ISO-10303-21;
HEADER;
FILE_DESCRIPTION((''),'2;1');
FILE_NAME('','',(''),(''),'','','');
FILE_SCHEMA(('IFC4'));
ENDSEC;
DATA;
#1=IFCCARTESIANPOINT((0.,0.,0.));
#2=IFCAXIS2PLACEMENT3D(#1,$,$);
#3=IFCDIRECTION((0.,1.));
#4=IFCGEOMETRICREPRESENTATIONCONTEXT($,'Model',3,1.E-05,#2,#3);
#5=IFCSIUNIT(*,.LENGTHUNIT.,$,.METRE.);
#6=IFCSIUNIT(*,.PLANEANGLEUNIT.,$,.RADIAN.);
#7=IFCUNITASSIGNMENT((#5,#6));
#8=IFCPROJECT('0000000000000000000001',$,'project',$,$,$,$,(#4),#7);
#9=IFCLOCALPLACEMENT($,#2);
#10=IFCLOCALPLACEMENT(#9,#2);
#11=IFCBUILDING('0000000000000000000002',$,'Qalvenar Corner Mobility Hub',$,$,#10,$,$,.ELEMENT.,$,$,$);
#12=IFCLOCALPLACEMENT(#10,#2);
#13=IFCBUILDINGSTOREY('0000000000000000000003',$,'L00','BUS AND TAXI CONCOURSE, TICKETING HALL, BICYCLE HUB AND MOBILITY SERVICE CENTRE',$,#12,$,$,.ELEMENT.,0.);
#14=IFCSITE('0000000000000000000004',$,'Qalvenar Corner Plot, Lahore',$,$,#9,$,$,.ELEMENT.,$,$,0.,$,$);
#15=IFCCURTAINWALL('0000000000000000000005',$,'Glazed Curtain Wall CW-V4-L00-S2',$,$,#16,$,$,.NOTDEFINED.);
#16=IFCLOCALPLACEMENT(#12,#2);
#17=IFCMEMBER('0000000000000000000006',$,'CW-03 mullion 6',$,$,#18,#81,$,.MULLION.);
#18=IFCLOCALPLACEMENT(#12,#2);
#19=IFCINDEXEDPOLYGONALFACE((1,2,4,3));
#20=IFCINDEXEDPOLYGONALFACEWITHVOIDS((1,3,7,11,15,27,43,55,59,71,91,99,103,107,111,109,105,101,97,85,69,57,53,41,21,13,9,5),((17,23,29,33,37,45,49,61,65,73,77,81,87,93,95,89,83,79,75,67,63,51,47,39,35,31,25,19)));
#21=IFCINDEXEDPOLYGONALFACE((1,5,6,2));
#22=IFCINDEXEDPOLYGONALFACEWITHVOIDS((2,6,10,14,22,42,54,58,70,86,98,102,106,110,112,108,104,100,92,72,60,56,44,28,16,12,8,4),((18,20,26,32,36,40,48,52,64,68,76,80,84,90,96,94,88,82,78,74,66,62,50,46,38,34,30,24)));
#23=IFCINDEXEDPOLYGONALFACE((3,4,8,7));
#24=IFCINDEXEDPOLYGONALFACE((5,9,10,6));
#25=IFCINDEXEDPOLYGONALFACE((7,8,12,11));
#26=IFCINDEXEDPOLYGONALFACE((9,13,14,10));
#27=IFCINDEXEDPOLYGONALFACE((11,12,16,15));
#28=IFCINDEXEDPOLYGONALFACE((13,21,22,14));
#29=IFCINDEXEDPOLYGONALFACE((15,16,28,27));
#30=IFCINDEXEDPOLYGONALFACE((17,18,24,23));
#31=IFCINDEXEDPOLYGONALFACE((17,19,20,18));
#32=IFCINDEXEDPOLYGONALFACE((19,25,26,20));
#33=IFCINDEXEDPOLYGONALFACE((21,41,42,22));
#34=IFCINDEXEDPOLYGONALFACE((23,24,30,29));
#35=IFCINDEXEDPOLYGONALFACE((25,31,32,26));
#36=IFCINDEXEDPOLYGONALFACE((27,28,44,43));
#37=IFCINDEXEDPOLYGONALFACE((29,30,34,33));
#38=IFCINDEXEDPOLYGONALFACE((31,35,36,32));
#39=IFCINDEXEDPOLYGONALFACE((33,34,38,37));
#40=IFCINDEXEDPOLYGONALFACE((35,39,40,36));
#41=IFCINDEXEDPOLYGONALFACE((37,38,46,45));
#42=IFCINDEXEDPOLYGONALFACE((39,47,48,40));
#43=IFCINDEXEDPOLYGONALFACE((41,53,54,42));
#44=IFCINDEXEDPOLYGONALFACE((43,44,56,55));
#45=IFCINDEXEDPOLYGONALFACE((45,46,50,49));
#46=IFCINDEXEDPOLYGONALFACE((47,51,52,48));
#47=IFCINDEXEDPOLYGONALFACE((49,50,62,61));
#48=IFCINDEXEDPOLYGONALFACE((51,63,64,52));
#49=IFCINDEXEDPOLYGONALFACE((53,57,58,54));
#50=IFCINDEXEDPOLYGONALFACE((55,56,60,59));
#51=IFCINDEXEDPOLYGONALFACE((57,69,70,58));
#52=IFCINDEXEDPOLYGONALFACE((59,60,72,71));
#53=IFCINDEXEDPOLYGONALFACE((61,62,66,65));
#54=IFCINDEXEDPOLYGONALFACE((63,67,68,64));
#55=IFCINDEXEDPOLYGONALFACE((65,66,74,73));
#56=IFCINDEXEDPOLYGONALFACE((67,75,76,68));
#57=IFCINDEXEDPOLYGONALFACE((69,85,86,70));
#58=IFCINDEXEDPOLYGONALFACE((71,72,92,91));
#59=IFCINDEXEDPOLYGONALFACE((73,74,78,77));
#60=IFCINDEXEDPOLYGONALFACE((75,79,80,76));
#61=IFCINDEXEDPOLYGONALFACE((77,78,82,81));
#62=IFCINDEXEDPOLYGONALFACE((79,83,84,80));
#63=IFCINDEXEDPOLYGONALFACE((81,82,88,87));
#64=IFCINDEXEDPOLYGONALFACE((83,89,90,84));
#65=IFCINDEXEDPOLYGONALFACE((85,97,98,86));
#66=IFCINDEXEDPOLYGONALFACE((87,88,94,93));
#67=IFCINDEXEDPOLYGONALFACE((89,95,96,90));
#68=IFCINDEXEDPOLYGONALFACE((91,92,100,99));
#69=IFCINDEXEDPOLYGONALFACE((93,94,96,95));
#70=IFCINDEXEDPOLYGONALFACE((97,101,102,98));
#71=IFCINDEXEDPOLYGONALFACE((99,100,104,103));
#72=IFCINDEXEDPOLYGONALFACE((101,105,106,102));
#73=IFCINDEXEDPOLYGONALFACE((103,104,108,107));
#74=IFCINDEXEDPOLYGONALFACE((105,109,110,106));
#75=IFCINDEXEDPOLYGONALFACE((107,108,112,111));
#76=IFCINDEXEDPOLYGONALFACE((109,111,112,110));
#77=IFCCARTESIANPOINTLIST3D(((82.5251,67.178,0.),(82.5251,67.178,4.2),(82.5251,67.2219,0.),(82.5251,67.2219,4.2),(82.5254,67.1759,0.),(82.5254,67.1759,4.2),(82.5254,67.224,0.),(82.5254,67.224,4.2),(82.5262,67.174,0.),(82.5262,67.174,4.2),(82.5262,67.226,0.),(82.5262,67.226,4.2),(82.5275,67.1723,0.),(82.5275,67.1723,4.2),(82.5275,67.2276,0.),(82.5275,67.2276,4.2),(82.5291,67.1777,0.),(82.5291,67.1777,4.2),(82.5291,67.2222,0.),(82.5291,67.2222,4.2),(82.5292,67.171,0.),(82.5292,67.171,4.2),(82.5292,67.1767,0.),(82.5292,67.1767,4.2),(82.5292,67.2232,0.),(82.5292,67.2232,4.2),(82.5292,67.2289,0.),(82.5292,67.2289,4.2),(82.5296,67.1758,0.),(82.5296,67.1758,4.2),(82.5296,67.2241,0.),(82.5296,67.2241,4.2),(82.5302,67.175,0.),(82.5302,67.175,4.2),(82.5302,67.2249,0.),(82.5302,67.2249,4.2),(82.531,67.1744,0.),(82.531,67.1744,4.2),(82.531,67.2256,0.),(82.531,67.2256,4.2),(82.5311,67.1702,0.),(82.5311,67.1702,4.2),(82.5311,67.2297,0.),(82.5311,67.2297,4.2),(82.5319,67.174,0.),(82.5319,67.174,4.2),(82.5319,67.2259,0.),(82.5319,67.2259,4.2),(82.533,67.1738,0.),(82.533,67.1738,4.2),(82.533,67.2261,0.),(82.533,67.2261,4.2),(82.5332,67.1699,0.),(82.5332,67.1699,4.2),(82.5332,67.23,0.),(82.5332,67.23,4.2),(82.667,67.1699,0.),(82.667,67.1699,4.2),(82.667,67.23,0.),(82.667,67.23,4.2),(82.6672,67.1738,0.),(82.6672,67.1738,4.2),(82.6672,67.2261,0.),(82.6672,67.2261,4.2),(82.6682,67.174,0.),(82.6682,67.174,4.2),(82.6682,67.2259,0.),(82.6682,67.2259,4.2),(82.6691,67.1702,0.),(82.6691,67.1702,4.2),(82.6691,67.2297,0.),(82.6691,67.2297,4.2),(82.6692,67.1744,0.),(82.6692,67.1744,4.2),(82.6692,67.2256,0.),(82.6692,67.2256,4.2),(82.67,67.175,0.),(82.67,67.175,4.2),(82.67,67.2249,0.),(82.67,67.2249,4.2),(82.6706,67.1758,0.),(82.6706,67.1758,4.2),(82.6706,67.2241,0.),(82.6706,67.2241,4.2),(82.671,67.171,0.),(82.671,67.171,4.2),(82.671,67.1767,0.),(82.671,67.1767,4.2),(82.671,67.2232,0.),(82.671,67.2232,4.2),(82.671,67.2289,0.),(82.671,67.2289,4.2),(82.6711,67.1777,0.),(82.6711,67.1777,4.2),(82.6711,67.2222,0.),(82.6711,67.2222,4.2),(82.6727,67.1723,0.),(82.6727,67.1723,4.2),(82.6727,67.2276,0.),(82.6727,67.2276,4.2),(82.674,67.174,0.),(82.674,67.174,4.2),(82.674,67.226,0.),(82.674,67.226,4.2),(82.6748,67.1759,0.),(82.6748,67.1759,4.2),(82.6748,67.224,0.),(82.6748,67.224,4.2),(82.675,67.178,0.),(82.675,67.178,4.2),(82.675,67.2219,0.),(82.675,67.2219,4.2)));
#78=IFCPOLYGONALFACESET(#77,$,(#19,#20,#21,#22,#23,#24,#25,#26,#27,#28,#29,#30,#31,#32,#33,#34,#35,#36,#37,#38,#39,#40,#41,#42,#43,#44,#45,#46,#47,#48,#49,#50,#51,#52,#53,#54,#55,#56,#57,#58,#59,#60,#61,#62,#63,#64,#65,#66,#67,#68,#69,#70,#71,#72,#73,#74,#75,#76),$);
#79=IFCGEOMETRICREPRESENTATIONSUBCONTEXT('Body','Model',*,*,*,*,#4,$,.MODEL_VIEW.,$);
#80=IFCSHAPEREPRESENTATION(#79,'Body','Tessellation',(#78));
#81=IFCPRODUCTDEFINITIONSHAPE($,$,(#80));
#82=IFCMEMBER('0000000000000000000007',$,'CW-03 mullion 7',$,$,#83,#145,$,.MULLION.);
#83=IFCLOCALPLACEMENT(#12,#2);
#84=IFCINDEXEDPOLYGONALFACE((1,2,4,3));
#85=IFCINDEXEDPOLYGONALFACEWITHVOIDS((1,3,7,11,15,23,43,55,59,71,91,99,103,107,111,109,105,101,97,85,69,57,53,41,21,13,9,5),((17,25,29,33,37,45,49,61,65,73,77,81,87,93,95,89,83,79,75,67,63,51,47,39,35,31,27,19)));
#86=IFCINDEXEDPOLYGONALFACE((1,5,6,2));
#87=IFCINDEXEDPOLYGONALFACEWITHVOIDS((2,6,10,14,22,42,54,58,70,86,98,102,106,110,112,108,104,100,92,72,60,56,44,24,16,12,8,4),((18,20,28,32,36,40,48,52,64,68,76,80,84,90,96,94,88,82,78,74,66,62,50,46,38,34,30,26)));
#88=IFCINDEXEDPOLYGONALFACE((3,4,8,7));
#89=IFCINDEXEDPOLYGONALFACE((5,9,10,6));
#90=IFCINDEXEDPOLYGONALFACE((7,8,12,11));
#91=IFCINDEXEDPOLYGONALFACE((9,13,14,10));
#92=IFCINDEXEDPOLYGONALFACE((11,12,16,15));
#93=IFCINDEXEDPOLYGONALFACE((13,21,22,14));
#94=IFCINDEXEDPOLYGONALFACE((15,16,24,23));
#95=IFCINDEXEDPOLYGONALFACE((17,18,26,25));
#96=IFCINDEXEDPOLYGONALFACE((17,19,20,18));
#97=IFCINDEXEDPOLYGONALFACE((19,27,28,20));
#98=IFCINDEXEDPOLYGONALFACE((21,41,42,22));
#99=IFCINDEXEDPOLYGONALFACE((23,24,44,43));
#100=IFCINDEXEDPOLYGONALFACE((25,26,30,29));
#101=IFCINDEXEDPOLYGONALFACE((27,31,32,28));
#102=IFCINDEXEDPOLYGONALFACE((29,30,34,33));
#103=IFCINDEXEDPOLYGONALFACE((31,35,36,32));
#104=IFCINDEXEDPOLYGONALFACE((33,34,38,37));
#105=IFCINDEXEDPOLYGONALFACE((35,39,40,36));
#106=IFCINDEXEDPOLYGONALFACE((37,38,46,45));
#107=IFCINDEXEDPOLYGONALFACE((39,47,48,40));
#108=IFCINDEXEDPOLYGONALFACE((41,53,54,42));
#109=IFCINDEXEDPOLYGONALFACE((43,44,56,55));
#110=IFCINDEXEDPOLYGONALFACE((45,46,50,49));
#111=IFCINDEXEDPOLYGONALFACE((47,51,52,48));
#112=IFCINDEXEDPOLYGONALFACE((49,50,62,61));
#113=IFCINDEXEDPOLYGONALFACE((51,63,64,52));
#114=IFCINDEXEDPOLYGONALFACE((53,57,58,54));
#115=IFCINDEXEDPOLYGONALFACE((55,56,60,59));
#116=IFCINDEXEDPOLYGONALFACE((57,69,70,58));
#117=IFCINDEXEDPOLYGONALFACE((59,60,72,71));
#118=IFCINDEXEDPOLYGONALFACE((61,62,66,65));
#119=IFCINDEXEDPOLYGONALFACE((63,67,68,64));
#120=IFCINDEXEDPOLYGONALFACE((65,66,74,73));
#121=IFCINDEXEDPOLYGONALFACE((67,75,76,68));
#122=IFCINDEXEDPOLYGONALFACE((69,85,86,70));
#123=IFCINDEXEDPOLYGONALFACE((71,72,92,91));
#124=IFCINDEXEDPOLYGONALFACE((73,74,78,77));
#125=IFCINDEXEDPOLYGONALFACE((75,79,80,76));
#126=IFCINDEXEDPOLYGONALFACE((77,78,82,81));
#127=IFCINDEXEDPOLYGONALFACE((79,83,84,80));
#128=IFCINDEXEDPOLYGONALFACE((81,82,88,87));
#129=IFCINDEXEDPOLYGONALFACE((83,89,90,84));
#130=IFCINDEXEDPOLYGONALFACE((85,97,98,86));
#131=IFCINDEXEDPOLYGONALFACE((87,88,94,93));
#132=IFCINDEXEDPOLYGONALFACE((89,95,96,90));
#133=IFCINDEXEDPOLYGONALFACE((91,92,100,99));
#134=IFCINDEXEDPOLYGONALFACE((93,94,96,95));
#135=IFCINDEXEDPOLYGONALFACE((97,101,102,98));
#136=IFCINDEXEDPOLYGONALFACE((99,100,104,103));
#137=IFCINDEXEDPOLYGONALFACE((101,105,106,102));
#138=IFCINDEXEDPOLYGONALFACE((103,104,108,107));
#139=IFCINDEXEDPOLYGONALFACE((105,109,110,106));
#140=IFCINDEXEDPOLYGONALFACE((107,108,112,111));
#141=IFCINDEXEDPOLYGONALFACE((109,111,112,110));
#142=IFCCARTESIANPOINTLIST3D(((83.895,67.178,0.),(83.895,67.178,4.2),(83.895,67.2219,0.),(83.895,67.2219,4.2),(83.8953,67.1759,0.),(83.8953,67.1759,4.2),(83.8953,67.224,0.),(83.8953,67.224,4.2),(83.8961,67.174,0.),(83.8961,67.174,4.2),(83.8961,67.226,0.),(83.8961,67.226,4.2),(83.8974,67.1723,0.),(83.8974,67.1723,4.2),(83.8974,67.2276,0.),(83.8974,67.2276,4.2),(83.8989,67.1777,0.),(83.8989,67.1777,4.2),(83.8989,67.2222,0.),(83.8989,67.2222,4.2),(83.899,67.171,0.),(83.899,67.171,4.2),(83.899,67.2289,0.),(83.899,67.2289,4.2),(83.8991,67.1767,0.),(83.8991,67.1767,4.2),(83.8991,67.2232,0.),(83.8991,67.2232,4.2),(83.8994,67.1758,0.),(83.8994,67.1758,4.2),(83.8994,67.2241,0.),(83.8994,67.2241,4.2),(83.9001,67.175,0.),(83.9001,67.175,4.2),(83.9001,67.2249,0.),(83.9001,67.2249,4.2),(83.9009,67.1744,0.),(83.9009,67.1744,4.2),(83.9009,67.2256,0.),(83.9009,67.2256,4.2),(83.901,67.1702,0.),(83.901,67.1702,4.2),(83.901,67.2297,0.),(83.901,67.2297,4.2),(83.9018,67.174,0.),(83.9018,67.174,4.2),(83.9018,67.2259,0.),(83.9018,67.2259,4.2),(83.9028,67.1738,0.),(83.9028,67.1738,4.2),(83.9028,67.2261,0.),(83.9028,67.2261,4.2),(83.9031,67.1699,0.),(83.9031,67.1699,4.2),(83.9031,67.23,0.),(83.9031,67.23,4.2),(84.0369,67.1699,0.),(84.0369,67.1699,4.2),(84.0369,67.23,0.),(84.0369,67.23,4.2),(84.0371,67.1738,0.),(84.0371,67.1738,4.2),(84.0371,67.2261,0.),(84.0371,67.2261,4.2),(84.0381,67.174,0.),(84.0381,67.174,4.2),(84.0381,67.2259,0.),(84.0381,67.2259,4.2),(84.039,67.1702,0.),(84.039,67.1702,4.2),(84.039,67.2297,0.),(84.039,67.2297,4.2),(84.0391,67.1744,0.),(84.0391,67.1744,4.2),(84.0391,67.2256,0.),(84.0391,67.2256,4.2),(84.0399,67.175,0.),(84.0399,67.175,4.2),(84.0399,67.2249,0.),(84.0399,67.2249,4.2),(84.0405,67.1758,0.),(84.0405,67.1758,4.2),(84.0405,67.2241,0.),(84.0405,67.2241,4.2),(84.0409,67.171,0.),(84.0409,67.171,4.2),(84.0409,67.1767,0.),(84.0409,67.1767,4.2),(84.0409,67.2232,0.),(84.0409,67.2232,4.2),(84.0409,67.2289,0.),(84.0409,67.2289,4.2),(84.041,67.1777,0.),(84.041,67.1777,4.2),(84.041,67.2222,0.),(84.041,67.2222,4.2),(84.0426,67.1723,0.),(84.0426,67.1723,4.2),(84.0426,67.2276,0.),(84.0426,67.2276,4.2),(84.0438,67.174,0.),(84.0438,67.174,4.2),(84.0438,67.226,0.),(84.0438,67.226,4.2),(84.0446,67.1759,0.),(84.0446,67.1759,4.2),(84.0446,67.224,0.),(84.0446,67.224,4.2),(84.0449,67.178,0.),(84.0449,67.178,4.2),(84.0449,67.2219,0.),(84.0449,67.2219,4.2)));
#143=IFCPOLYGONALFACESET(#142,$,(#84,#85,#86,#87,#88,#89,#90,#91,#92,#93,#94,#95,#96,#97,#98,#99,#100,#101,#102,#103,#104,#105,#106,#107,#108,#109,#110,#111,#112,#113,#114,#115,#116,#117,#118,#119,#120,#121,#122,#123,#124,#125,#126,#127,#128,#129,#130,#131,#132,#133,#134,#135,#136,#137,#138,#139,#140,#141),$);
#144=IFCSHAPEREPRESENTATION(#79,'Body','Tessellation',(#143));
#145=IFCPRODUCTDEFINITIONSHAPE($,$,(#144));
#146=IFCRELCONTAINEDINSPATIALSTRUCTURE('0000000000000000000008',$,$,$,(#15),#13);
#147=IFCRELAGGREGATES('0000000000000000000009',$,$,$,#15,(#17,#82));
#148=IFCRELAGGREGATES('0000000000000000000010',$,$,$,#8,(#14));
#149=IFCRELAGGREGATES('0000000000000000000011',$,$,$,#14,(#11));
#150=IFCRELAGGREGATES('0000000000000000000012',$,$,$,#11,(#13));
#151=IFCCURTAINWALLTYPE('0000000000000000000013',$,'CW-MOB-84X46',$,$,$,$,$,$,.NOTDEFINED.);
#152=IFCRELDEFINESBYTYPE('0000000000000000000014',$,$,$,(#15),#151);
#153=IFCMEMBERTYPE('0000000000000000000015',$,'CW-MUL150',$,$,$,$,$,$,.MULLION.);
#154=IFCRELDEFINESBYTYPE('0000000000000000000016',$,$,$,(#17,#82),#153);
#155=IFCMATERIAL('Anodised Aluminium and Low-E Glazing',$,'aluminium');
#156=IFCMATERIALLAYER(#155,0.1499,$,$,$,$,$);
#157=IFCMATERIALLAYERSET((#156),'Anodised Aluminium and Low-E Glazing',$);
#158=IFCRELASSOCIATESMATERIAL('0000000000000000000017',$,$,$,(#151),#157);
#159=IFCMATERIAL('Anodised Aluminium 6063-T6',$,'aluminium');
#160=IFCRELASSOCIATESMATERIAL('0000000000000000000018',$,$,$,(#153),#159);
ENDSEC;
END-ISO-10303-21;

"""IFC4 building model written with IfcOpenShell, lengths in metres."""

from ifc_helpers import new_model, si_unit, direction, frame, origin, origin_2d, place, context, subcontext, project, spatial, hollow_rectangle, extrude, material, layer, layer_set, material_profile, profile_set, type_object, element, aggregate, save


model = new_model("IFC4")

# Units and contexts
model_context = context("Model", 3, precision=1e-05, world=origin(), true_north=direction((0.0, 1.0)))
body_context = subcontext(model_context, "Body", "Model", "MODEL_VIEW")
ifc_project = project(units=[si_unit("LENGTHUNIT", "METRE"), si_unit("PLANEANGLEUNIT", "RADIAN")], contexts=[model_context])

# Site, building, storey
site_placement = place(None, origin())
site = spatial("IfcSite", under=ifc_project, at=site_placement, Name="Qalvenar Corner Plot, Lahore", CompositionType="ELEMENT", RefElevation=0.0)
building_placement = place(site_placement, origin())
building = spatial("IfcBuilding", under=site, at=building_placement, Name="Qalvenar Corner Mobility Hub", CompositionType="ELEMENT")
storey_placement = place(building_placement, origin())
storey = spatial("IfcBuildingStorey", under=building, at=storey_placement, Name="L00", Description="BUS AND TAXI CONCOURSE, TICKETING HALL, BICYCLE HUB AND MOBILITY SERVICE CENTRE", CompositionType="ELEMENT", Elevation=0.0)

# Curtain wall, members
ifc_material_1 = material(Name="Anodised Aluminium and Low-E Glazing", Category="aluminium")
ifc_layer_1 = layer(ifc_material_1, 0.1499)
ifc_layer_set_1 = layer_set([ifc_layer_1], Name="Anodised Aluminium and Low-E Glazing")
curtain_wall_type = type_object("IfcCurtainWallType", Name="CW-MOB-84X46", PredefinedType="NOTDEFINED", material=ifc_layer_set_1)
curtain_wall_1_placement = place(storey_placement, origin())
curtain_wall_1 = element("IfcCurtainWall", 1, at=curtain_wall_1_placement, inside=storey, type_object=curtain_wall_type, Name="Glazed Curtain Wall CW-V4-L00-S2", PredefinedType="NOTDEFINED")
ifc_material_2 = material(Name="Anodised Aluminium 6063-T6", Category="aluminium")
ifc_material_profile_1 = material_profile(ifc_material_2, hollow_rectangle(XDim=0.0601, YDim=0.1499, WallThickness=0.0039, InnerFilletRadius=0.0039, OuterFilletRadius=0.0081, at=origin_2d()), Name="RHS150x60x4")
ifc_profile_set_1 = profile_set([ifc_material_profile_1], Name="Anodised Aluminium 6063-T6")
member_type_1 = type_object("IfcMemberType", Name="CW-MUL150", PredefinedType="MULLION", material=ifc_profile_set_1)
member_1_placement = place(storey_placement, frame((82.6001, 67.2, 0.0), z_axis=(0.0, 0.0, 1.0), x_axis=(0.0, 1.0, 0.0)))
member_1 = element("IfcMember", 2, at=member_1_placement, type_object=member_type_1, Name="CW-03 mullion 6", PredefinedType="MULLION", context=body_context, shape_type="SweptSolid", body=[
    extrude(hollow_rectangle(XDim=0.0601, YDim=0.1499, WallThickness=0.0039, InnerFilletRadius=0.0039, OuterFilletRadius=0.0081, at=origin_2d()), origin(), (0.0, 0.0, 1.0), 4.2),
])
member_2_placement = place(storey_placement, frame((83.97, 67.2, 0.0), z_axis=(0.0, 0.0, 1.0), x_axis=(0.0, 1.0, 0.0)))
member_2 = element("IfcMember", 3, at=member_2_placement, type_object=member_type_1, Name="CW-03 mullion 7", PredefinedType="MULLION", context=body_context, shape_type="SweptSolid", body=[
    extrude(hollow_rectangle(XDim=0.0601, YDim=0.1499, WallThickness=0.0039, InnerFilletRadius=0.0039, OuterFilletRadius=0.0081, at=origin_2d()), origin(), (0.0, 0.0, 1.0), 4.2),
])

aggregate(curtain_wall_1, [member_1, member_2])

save(model, "model.ifc")
